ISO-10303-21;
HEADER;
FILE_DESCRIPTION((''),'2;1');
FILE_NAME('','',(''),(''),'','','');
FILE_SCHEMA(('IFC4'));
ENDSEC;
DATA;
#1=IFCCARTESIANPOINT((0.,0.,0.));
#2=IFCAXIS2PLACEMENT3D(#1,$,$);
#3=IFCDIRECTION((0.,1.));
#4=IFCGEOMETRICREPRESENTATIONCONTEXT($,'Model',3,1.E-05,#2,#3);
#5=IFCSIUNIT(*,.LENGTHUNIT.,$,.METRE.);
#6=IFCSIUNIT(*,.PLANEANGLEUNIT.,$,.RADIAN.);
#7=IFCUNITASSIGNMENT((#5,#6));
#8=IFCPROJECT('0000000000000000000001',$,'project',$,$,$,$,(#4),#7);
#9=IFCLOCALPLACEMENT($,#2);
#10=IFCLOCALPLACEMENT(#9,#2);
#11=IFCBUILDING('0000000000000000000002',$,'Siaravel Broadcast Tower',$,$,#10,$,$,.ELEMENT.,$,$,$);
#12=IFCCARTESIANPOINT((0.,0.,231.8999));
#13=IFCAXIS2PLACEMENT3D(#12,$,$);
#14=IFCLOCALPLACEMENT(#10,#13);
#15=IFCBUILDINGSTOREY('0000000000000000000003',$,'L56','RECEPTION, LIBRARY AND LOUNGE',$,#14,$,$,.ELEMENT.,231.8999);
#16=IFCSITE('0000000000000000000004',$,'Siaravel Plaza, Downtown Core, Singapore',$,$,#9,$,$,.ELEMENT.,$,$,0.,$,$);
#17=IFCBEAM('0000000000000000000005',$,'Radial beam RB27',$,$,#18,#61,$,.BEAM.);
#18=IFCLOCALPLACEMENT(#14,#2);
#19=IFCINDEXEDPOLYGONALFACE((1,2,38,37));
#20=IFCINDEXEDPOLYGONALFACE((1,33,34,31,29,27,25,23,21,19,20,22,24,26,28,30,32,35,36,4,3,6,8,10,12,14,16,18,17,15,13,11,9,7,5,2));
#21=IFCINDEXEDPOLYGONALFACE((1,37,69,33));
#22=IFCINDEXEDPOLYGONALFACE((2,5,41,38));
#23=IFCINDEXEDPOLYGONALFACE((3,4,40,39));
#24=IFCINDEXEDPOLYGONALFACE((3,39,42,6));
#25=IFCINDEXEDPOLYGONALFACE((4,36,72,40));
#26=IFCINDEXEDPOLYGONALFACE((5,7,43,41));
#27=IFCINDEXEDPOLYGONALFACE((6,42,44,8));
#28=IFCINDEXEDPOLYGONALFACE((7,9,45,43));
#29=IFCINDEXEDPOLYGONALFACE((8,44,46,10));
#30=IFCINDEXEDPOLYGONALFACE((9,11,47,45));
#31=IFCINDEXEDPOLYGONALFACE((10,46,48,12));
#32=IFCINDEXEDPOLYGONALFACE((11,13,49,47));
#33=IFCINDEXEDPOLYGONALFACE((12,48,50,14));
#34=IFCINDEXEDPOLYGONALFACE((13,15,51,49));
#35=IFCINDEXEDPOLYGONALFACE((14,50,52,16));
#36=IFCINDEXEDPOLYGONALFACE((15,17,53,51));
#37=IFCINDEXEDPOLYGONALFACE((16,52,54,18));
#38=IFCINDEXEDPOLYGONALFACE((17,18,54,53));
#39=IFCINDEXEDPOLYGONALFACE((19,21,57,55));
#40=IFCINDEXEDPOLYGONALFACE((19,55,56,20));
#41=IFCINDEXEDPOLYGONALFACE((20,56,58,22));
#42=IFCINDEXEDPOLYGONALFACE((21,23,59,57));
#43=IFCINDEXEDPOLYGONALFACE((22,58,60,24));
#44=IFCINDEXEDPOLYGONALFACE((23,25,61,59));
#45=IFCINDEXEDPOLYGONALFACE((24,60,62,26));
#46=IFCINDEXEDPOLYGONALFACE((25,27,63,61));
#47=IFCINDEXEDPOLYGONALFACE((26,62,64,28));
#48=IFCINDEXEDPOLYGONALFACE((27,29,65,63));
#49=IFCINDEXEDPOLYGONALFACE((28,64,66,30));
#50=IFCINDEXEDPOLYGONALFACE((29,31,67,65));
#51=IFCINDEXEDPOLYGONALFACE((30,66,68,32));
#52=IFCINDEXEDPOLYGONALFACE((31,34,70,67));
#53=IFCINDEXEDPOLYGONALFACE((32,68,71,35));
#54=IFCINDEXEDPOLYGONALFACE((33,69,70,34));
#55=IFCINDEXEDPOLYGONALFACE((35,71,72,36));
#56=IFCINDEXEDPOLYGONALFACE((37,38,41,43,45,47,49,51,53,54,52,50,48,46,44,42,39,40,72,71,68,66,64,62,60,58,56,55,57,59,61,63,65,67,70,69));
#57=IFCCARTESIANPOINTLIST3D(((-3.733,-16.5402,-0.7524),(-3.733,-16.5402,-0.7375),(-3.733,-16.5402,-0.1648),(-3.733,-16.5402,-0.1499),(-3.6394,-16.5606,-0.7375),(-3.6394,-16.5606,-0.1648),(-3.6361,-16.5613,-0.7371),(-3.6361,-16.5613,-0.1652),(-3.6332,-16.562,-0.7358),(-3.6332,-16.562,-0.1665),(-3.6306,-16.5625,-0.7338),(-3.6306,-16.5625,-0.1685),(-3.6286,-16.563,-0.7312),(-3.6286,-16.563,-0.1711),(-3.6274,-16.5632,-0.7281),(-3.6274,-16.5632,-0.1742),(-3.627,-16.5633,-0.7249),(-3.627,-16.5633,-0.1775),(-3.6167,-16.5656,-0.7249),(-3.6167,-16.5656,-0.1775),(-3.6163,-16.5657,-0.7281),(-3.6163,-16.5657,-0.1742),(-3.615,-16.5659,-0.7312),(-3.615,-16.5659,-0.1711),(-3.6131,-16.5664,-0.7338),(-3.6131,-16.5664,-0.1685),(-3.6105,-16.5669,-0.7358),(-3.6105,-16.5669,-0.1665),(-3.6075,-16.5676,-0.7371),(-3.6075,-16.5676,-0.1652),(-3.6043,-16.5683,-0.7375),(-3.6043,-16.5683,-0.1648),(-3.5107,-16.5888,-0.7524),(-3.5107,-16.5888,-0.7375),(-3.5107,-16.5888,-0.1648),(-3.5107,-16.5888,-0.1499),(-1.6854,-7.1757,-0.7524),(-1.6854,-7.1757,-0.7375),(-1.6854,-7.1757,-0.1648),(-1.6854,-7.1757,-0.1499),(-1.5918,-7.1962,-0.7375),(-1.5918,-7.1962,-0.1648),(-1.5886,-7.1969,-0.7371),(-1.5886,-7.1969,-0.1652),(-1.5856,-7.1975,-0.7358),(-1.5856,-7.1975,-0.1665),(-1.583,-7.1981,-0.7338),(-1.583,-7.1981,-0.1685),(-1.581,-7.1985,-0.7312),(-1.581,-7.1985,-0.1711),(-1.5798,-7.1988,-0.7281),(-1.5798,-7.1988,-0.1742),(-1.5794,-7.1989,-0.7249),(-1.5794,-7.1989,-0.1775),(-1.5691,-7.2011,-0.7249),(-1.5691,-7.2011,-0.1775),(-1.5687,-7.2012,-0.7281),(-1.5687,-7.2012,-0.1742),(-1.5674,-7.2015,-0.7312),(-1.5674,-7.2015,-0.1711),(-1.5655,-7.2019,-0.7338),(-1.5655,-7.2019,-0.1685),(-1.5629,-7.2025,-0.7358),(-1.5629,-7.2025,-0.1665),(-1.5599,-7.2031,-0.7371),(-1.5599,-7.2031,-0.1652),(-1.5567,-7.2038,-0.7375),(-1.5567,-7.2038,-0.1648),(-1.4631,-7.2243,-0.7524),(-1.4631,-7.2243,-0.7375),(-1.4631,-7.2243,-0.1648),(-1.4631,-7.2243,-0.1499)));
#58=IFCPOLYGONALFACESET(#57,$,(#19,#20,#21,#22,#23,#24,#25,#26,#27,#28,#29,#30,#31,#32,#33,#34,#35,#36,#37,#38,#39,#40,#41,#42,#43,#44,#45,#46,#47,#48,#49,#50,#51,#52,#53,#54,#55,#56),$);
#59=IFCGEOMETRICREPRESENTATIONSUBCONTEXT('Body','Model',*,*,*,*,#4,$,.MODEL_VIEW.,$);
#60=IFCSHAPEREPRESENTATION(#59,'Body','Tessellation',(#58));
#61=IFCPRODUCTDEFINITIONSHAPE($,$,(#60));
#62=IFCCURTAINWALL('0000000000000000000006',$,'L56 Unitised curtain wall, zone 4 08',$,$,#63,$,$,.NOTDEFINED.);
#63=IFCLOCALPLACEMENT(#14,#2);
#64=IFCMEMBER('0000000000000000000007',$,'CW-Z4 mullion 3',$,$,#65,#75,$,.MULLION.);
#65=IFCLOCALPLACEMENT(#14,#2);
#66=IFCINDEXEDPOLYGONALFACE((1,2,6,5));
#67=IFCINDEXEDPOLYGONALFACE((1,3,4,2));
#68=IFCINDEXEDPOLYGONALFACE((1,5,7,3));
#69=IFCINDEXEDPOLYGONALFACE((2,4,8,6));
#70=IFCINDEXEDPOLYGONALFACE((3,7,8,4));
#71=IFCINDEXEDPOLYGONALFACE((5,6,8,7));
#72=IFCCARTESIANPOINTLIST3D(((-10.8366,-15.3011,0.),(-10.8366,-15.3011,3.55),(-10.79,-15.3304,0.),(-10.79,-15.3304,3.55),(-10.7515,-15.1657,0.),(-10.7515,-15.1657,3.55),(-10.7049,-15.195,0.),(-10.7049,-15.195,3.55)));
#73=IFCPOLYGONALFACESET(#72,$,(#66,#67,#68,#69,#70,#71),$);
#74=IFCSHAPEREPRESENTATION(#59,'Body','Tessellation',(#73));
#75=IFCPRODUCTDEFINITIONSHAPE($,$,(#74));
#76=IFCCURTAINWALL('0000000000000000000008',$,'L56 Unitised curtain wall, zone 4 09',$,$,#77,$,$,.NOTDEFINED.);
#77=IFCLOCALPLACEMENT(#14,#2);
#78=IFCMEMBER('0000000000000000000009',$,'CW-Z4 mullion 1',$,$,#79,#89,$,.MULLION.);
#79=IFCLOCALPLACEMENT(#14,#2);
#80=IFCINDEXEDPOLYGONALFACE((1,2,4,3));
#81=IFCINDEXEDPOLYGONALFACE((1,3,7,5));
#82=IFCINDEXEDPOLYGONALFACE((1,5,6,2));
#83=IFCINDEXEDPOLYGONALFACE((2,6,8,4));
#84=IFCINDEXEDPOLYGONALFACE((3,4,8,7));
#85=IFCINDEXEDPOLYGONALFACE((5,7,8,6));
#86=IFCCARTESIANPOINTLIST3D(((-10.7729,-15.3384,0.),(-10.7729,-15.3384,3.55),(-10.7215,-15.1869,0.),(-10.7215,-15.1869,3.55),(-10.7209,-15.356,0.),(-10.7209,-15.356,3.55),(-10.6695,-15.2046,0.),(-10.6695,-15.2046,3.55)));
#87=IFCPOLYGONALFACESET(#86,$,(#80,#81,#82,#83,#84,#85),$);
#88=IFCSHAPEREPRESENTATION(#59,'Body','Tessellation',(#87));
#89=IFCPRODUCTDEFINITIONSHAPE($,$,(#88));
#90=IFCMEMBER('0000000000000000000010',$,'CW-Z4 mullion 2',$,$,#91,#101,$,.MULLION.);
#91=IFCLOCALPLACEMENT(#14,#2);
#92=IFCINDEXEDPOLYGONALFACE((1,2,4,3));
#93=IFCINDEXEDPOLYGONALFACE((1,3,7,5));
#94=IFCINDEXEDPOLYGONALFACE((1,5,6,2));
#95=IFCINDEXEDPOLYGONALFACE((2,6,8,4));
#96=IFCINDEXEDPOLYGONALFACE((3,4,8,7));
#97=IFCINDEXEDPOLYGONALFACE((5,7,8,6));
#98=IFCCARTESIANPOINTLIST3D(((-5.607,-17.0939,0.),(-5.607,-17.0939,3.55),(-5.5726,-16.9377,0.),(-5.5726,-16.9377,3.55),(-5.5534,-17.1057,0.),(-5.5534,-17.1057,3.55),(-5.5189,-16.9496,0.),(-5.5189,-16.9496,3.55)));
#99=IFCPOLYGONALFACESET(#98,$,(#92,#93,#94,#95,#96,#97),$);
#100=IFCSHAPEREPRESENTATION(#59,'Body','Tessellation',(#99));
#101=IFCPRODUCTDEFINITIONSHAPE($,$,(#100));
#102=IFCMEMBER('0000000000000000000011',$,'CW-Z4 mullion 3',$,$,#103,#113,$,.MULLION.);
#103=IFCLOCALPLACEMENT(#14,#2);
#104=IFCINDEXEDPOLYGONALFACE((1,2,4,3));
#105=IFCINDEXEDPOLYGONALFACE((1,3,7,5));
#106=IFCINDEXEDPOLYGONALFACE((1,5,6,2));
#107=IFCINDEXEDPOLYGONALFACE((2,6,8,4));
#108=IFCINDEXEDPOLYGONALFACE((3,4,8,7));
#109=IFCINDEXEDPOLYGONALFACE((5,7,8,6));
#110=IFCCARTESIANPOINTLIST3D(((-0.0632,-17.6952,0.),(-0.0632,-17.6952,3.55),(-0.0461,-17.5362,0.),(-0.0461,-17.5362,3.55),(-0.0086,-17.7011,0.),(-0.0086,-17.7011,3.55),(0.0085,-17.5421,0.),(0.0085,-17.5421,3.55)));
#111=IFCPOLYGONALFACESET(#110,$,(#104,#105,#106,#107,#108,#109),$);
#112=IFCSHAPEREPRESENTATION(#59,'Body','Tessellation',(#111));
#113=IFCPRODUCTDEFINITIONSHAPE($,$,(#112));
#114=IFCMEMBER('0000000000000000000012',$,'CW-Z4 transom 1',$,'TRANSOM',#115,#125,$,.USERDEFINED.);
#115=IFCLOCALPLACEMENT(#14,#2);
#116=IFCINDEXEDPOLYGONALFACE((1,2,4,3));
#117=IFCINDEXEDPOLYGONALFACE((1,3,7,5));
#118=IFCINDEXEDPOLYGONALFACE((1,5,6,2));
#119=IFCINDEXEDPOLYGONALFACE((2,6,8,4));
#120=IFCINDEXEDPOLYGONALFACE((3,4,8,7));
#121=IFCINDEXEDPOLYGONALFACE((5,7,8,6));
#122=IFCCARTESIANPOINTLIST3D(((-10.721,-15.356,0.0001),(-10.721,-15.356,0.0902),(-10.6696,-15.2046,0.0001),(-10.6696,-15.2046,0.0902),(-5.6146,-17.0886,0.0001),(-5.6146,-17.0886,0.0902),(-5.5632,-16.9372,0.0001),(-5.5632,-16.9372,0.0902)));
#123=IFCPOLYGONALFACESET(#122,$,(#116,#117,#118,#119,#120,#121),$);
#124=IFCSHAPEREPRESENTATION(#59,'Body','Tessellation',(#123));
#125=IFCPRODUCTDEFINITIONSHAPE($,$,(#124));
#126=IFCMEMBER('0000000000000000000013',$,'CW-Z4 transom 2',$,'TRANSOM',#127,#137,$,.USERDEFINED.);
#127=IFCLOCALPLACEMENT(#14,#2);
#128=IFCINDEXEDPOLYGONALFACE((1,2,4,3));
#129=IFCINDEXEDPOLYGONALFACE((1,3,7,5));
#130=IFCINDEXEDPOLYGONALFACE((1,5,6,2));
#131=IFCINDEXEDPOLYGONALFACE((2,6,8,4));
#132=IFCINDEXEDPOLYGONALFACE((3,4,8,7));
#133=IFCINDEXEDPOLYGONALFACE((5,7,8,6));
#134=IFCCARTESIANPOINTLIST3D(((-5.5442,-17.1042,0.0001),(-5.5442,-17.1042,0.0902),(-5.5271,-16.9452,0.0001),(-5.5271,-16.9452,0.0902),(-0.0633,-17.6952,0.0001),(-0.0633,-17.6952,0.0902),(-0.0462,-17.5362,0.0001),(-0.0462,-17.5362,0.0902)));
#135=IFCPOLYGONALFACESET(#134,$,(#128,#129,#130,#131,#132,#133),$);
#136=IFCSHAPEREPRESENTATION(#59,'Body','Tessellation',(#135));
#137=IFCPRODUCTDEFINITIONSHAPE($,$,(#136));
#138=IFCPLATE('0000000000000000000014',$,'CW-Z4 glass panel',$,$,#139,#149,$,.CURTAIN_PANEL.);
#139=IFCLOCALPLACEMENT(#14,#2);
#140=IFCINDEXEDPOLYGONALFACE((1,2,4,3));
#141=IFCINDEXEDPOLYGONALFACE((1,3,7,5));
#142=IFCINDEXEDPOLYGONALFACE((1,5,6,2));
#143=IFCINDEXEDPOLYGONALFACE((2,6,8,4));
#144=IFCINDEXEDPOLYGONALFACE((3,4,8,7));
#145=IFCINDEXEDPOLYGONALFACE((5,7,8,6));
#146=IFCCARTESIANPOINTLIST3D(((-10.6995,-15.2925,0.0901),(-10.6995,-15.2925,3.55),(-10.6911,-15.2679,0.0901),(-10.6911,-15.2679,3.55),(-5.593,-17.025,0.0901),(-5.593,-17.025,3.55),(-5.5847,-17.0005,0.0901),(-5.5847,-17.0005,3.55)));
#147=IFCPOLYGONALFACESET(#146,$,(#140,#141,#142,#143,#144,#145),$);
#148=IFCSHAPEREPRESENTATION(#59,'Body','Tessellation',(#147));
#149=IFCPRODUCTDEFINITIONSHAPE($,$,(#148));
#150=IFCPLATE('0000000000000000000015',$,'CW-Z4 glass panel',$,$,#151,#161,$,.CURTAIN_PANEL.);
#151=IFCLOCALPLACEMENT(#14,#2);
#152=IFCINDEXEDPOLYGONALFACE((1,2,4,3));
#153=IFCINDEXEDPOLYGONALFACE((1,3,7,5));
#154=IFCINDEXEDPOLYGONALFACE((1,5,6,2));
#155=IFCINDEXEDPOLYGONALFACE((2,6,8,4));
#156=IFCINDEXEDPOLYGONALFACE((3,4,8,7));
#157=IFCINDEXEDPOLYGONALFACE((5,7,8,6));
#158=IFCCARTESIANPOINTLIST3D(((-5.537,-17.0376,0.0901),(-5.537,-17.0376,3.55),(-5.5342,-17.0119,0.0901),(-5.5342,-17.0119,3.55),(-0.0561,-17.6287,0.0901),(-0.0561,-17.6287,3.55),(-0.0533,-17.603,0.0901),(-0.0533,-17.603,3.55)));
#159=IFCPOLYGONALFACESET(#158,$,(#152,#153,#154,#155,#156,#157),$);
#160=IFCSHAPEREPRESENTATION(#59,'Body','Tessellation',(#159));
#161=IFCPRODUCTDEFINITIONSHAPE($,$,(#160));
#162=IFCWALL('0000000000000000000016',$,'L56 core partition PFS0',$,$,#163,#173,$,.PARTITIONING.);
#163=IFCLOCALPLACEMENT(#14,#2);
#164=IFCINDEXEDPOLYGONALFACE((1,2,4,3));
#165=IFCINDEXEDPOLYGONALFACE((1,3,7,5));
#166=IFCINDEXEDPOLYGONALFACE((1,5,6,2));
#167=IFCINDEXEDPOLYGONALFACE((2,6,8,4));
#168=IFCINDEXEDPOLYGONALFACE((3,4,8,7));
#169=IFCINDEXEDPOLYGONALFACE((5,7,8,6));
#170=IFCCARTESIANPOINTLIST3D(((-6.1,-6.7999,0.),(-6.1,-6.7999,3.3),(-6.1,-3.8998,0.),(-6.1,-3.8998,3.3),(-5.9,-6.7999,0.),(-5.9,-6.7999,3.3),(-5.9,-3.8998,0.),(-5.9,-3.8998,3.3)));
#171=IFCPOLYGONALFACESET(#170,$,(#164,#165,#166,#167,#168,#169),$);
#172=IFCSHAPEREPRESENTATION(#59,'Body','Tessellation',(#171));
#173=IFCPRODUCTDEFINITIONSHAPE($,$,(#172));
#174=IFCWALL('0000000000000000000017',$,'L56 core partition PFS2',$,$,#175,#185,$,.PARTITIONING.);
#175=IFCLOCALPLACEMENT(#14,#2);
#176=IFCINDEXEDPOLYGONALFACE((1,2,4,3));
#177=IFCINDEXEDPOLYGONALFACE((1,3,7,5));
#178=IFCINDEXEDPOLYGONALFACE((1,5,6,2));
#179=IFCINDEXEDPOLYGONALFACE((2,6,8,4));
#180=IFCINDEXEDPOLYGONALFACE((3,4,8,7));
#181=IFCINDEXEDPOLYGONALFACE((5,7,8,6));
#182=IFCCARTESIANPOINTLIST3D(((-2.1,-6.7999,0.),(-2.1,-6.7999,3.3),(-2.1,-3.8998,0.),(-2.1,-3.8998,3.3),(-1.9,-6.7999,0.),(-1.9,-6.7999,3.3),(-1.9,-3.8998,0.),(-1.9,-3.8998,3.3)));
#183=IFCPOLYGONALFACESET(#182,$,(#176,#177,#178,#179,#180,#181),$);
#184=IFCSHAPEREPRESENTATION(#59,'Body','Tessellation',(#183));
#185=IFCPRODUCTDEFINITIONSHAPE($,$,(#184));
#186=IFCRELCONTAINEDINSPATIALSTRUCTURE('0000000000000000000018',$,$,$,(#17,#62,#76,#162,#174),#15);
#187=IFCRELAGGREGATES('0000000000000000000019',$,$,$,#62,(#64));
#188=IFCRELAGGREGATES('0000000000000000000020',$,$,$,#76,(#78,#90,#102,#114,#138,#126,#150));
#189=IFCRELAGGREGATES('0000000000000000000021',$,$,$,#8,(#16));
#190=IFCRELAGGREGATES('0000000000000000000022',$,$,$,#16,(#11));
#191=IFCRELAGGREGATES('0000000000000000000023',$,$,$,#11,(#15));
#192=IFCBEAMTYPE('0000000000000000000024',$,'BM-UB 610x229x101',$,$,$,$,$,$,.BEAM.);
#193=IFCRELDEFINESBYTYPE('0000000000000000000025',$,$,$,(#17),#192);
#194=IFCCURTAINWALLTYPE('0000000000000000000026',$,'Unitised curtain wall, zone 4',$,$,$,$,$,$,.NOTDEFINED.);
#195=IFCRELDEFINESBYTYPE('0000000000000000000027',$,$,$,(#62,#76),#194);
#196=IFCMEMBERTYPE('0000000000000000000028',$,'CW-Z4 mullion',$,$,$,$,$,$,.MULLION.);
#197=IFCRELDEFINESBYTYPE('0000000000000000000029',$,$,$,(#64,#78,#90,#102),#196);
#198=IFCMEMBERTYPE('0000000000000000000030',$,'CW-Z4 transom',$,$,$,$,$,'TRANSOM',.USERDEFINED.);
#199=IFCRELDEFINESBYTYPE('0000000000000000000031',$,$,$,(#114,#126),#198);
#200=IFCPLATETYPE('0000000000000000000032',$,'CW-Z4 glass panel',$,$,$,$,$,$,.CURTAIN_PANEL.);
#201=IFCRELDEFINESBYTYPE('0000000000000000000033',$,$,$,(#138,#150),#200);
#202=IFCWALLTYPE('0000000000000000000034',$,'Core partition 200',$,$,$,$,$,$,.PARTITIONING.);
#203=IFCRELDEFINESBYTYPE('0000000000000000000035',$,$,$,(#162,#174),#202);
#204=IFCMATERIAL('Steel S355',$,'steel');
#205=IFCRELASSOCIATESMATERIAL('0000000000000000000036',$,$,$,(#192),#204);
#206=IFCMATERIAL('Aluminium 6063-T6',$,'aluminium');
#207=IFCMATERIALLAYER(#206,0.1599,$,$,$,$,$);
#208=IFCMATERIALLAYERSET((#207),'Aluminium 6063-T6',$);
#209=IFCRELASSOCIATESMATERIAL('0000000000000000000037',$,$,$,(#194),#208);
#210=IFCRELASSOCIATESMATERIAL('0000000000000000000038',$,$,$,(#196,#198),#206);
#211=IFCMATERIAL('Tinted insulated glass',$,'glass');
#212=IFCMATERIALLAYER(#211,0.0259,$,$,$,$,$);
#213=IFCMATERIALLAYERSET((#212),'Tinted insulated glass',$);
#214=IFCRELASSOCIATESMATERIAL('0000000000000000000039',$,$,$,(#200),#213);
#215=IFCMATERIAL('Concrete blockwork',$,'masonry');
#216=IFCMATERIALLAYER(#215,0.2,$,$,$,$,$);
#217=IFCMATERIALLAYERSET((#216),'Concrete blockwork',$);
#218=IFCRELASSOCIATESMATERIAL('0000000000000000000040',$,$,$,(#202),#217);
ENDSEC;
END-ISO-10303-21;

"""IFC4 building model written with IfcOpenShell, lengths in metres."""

from ifc_helpers import new_model, si_unit, direction, frame, frame_2d, origin, origin_2d, place, context, subcontext, project, spatial, rectangle, i_section, extrude, material, layer, layer_set, material_profile, profile_set, type_object, element, aggregate, save


model = new_model("IFC4")

# Units and contexts
model_context = context("Model", 3, precision=1e-05, world=origin(), true_north=direction((0.0, 1.0)))
body_context = subcontext(model_context, "Body", "Model", "MODEL_VIEW")
ifc_project = project(units=[si_unit("LENGTHUNIT", "METRE"), si_unit("PLANEANGLEUNIT", "RADIAN")], contexts=[model_context])

# Site, building, storey
site_placement = place(None, origin())
site = spatial("IfcSite", under=ifc_project, at=site_placement, Name="Siaravel Plaza, Downtown Core, Singapore", CompositionType="ELEMENT", RefElevation=0.0)
building_placement = place(site_placement, origin())
building = spatial("IfcBuilding", under=site, at=building_placement, Name="Siaravel Broadcast Tower", CompositionType="ELEMENT")
storey_placement = place(building_placement, frame((0.0, 0.0, 231.8999)))
storey = spatial("IfcBuildingStorey", under=building, at=storey_placement, Name="L56", Description="RECEPTION, LIBRARY AND LOUNGE", CompositionType="ELEMENT", Elevation=231.8999)

# Beam
ifc_material_1 = material(Name="Steel S355", Category="steel")
ifc_material_profile_1 = material_profile(ifc_material_1, i_section(OverallWidth=0.2275, OverallDepth=0.6025, WebThickness=0.0105, FlangeThickness=0.0149, FilletRadius=0.0127, at=origin_2d()))
ifc_profile_set_1 = profile_set([ifc_material_profile_1], Name="Steel S355")
beam_type = type_object("IfcBeamType", Name="BM-UB 610x229x101", PredefinedType="BEAM", material=ifc_profile_set_1)
beam_1_placement = place(storey_placement, frame((-3.6218, -16.5645, -0.4512), z_axis=(0.21361, 0.976919, 0.0), x_axis=(-0.976919, 0.21361, 0.0)))
element("IfcBeam", 1, at=beam_1_placement, inside=storey, type_object=beam_type, Name="Radial beam RB27", PredefinedType="BEAM", context=body_context, shape_type="SweptSolid", body=[
    extrude(i_section(OverallWidth=0.2275, OverallDepth=0.6025, WebThickness=0.0105, FlangeThickness=0.0149, FilletRadius=0.0127, at=origin_2d()), origin(), (0.0, 0.0, 1.0), 9.5857),
])

# Curtain wall, member
ifc_material_2 = material(Name="Aluminium 6063-T6", Category="aluminium")
ifc_layer_1 = layer(ifc_material_2, 0.1599)
ifc_layer_set_1 = layer_set([ifc_layer_1], Name="Aluminium 6063-T6")
curtain_wall_type = type_object("IfcCurtainWallType", Name="Unitised curtain wall, zone 4", PredefinedType="NOTDEFINED", material=ifc_layer_set_1)
curtain_wall_1_placement = place(storey_placement, origin())
curtain_wall_1 = element("IfcCurtainWall", 2, at=curtain_wall_1_placement, inside=storey, type_object=curtain_wall_type, Name="L56 Unitised curtain wall, zone 4 08", PredefinedType="NOTDEFINED")
ifc_material_profile_2 = material_profile(ifc_material_2, rectangle(XDim=0.1599, YDim=0.0549, at=origin_2d()))
ifc_profile_set_2 = profile_set([ifc_material_profile_2], Name="Aluminium 6063-T6")
member_type_1 = type_object("IfcMemberType", Name="CW-Z4 mullion", PredefinedType="MULLION", material=ifc_profile_set_2)
member_1_placement = place(storey_placement, frame((-10.7708, -15.248, 0.0), z_axis=(0.0, 0.0, 1.0), x_axis=(0.53215, 0.84665, 0.0)))
member_1 = element("IfcMember", 3, at=member_1_placement, type_object=member_type_1, Name="CW-Z4 mullion 3", PredefinedType="MULLION", context=body_context, shape_type="SweptSolid", body=[
    extrude(rectangle(XDim=0.1599, YDim=0.0549, at=origin_2d()), origin(), (0.0, 0.0, 1.0), 3.55),
])
aggregate(curtain_wall_1, [member_1])

# Curtain wall, members, plates
curtain_wall_2_placement = place(storey_placement, origin())
curtain_wall_2 = element("IfcCurtainWall", 4, at=curtain_wall_2_placement, inside=storey, type_object=curtain_wall_type, Name="L56 Unitised curtain wall, zone 4 09", PredefinedType="NOTDEFINED")
member_2_placement = place(storey_placement, frame((-10.7212, -15.2715, 0.0), z_axis=(0.0, 0.0, 1.0), x_axis=(0.321301, 0.946977, 0.0)))
member_2 = element("IfcMember", 5, at=member_2_placement, type_object=member_type_1, Name="CW-Z4 mullion 1", PredefinedType="MULLION", context=body_context, shape_type="SweptSolid", body=[
    extrude(rectangle(XDim=0.1599, YDim=0.0549, at=origin_2d()), origin(), (0.0, 0.0, 1.0), 3.55),
])
member_3_placement = place(storey_placement, frame((-5.563, -17.0217, 0.0), z_axis=(0.0, 0.0, 1.0), x_axis=(0.215559, 0.976491, 0.0)))
member_3 = element("IfcMember", 6, at=member_3_placement, type_object=member_type_1, Name="CW-Z4 mullion 2", PredefinedType="MULLION", context=body_context, shape_type="SweptSolid", body=[
    extrude(rectangle(XDim=0.1599, YDim=0.0549, at=origin_2d()), origin(), (0.0, 0.0, 1.0), 3.55),
])
member_4_placement = place(storey_placement, frame((-0.0273, -17.6187, 0.0), z_axis=(0.0, 0.0, 1.0), x_axis=(0.107218, 0.994236, 0.0)))
member_4 = element("IfcMember", 7, at=member_4_placement, type_object=member_type_1, Name="CW-Z4 mullion 3", PredefinedType="MULLION", context=body_context, shape_type="SweptSolid", body=[
    extrude(rectangle(XDim=0.1599, YDim=0.0549, at=origin_2d()), origin(), (0.0, 0.0, 1.0), 3.55),
])
ifc_material_profile_3 = material_profile(ifc_material_2, rectangle(XDim=0.1599, YDim=0.0901, at=origin_2d()))
ifc_profile_set_3 = profile_set([ifc_material_profile_3], Name="Aluminium 6063-T6")
member_type_2 = type_object("IfcMemberType", Name="CW-Z4 transom", ElementType="TRANSOM", PredefinedType="USERDEFINED", material=ifc_profile_set_3)
member_5_placement = place(storey_placement, frame((-10.6953, -15.2803, 0.0452), z_axis=(0.946972, -0.321317, 0.0), x_axis=(0.321317, 0.946972, 0.0)))
member_5 = element("IfcMember", 8, at=member_5_placement, type_object=member_type_2, Name="CW-Z4 transom 1", ObjectType="TRANSOM", PredefinedType="USERDEFINED", context=body_context, shape_type="SweptSolid", body=[
    extrude(rectangle(XDim=0.1599, YDim=0.0901, at=origin_2d()), origin(), (0.0, 0.0, 1.0), 5.3923),
])
member_6_placement = place(storey_placement, frame((-5.5356, -17.0247, 0.0452), z_axis=(0.994236, -0.107218, 0.0), x_axis=(0.107218, 0.994236, 0.0)))
member_6 = element("IfcMember", 9, at=member_6_placement, type_object=member_type_2, Name="CW-Z4 transom 2", ObjectType="TRANSOM", PredefinedType="USERDEFINED", context=body_context, shape_type="SweptSolid", body=[
    extrude(rectangle(XDim=0.1599, YDim=0.0901, at=origin_2d()), origin(), (0.0, 0.0, 1.0), 5.5127),
])
ifc_material_3 = material(Name="Tinted insulated glass", Category="glass")
ifc_layer_2 = layer(ifc_material_3, 0.0259)
ifc_layer_set_2 = layer_set([ifc_layer_2], Name="Tinted insulated glass")
plate_type = type_object("IfcPlateType", Name="CW-Z4 glass panel", PredefinedType="CURTAIN_PANEL", material=ifc_layer_set_2)
plate_1_placement = place(storey_placement, frame((-8.1421, -16.1465, 0.0901), z_axis=(0.0, 0.0, 1.0), x_axis=(0.946977, -0.321301, 0.0)))
plate_1 = element("IfcPlate", 10, at=plate_1_placement, type_object=plate_type, Name="CW-Z4 glass panel", PredefinedType="CURTAIN_PANEL", context=body_context, shape_type="SweptSolid", body=[
    extrude(rectangle(XDim=5.3923, YDim=0.0259, at=origin_2d()), origin(), (0.0, 0.0, 1.0), 3.46),
])
plate_2_placement = place(storey_placement, frame((-2.7952, -17.3203, 0.0901), z_axis=(0.0, 0.0, 1.0), x_axis=(0.994236, -0.107218, 0.0)))
plate_2 = element("IfcPlate", 11, at=plate_2_placement, type_object=plate_type, Name="CW-Z4 glass panel", PredefinedType="CURTAIN_PANEL", context=body_context, shape_type="SweptSolid", body=[
    extrude(rectangle(XDim=5.5127, YDim=0.0259, at=origin_2d()), origin(), (0.0, 0.0, 1.0), 3.46),
])
aggregate(curtain_wall_2, [member_2, member_3, member_4, member_5, plate_1, member_6, plate_2])

# Walls
ifc_material_4 = material(Name="Concrete blockwork", Category="masonry")
ifc_layer_3 = layer(ifc_material_4, 0.2)
ifc_layer_set_3 = layer_set([ifc_layer_3], Name="Concrete blockwork")
wall_type_1 = type_object("IfcWallType", Name="Core partition 200", PredefinedType="PARTITIONING", material=ifc_layer_set_3)
for number, where, z_axis, x_axis, name in (
    (12, (-6.0, -6.8, 0.0), (0.0, 0.0, 1.0), (0.0, 1.0, 0.0), "L56 core partition PFS0"),
    (13, (-2.0, -6.8, 0.0), (0.0, 0.0, 1.0), (0.0, 1.0, 0.0), "L56 core partition PFS2"),
):
    element("IfcWall", number, at=place(storey_placement, frame(where, z_axis=z_axis, x_axis=x_axis)), inside=storey, type_object=wall_type_1, Name=name, PredefinedType="PARTITIONING", context=body_context, shape_type="SweptSolid", body=[
        extrude(rectangle(XDim=2.9001, YDim=0.2, at=frame_2d((1.4502, 0.0))), origin(), (0.0, 0.0, 1.0), 3.3),
    ])

save(model, "model.ifc")
